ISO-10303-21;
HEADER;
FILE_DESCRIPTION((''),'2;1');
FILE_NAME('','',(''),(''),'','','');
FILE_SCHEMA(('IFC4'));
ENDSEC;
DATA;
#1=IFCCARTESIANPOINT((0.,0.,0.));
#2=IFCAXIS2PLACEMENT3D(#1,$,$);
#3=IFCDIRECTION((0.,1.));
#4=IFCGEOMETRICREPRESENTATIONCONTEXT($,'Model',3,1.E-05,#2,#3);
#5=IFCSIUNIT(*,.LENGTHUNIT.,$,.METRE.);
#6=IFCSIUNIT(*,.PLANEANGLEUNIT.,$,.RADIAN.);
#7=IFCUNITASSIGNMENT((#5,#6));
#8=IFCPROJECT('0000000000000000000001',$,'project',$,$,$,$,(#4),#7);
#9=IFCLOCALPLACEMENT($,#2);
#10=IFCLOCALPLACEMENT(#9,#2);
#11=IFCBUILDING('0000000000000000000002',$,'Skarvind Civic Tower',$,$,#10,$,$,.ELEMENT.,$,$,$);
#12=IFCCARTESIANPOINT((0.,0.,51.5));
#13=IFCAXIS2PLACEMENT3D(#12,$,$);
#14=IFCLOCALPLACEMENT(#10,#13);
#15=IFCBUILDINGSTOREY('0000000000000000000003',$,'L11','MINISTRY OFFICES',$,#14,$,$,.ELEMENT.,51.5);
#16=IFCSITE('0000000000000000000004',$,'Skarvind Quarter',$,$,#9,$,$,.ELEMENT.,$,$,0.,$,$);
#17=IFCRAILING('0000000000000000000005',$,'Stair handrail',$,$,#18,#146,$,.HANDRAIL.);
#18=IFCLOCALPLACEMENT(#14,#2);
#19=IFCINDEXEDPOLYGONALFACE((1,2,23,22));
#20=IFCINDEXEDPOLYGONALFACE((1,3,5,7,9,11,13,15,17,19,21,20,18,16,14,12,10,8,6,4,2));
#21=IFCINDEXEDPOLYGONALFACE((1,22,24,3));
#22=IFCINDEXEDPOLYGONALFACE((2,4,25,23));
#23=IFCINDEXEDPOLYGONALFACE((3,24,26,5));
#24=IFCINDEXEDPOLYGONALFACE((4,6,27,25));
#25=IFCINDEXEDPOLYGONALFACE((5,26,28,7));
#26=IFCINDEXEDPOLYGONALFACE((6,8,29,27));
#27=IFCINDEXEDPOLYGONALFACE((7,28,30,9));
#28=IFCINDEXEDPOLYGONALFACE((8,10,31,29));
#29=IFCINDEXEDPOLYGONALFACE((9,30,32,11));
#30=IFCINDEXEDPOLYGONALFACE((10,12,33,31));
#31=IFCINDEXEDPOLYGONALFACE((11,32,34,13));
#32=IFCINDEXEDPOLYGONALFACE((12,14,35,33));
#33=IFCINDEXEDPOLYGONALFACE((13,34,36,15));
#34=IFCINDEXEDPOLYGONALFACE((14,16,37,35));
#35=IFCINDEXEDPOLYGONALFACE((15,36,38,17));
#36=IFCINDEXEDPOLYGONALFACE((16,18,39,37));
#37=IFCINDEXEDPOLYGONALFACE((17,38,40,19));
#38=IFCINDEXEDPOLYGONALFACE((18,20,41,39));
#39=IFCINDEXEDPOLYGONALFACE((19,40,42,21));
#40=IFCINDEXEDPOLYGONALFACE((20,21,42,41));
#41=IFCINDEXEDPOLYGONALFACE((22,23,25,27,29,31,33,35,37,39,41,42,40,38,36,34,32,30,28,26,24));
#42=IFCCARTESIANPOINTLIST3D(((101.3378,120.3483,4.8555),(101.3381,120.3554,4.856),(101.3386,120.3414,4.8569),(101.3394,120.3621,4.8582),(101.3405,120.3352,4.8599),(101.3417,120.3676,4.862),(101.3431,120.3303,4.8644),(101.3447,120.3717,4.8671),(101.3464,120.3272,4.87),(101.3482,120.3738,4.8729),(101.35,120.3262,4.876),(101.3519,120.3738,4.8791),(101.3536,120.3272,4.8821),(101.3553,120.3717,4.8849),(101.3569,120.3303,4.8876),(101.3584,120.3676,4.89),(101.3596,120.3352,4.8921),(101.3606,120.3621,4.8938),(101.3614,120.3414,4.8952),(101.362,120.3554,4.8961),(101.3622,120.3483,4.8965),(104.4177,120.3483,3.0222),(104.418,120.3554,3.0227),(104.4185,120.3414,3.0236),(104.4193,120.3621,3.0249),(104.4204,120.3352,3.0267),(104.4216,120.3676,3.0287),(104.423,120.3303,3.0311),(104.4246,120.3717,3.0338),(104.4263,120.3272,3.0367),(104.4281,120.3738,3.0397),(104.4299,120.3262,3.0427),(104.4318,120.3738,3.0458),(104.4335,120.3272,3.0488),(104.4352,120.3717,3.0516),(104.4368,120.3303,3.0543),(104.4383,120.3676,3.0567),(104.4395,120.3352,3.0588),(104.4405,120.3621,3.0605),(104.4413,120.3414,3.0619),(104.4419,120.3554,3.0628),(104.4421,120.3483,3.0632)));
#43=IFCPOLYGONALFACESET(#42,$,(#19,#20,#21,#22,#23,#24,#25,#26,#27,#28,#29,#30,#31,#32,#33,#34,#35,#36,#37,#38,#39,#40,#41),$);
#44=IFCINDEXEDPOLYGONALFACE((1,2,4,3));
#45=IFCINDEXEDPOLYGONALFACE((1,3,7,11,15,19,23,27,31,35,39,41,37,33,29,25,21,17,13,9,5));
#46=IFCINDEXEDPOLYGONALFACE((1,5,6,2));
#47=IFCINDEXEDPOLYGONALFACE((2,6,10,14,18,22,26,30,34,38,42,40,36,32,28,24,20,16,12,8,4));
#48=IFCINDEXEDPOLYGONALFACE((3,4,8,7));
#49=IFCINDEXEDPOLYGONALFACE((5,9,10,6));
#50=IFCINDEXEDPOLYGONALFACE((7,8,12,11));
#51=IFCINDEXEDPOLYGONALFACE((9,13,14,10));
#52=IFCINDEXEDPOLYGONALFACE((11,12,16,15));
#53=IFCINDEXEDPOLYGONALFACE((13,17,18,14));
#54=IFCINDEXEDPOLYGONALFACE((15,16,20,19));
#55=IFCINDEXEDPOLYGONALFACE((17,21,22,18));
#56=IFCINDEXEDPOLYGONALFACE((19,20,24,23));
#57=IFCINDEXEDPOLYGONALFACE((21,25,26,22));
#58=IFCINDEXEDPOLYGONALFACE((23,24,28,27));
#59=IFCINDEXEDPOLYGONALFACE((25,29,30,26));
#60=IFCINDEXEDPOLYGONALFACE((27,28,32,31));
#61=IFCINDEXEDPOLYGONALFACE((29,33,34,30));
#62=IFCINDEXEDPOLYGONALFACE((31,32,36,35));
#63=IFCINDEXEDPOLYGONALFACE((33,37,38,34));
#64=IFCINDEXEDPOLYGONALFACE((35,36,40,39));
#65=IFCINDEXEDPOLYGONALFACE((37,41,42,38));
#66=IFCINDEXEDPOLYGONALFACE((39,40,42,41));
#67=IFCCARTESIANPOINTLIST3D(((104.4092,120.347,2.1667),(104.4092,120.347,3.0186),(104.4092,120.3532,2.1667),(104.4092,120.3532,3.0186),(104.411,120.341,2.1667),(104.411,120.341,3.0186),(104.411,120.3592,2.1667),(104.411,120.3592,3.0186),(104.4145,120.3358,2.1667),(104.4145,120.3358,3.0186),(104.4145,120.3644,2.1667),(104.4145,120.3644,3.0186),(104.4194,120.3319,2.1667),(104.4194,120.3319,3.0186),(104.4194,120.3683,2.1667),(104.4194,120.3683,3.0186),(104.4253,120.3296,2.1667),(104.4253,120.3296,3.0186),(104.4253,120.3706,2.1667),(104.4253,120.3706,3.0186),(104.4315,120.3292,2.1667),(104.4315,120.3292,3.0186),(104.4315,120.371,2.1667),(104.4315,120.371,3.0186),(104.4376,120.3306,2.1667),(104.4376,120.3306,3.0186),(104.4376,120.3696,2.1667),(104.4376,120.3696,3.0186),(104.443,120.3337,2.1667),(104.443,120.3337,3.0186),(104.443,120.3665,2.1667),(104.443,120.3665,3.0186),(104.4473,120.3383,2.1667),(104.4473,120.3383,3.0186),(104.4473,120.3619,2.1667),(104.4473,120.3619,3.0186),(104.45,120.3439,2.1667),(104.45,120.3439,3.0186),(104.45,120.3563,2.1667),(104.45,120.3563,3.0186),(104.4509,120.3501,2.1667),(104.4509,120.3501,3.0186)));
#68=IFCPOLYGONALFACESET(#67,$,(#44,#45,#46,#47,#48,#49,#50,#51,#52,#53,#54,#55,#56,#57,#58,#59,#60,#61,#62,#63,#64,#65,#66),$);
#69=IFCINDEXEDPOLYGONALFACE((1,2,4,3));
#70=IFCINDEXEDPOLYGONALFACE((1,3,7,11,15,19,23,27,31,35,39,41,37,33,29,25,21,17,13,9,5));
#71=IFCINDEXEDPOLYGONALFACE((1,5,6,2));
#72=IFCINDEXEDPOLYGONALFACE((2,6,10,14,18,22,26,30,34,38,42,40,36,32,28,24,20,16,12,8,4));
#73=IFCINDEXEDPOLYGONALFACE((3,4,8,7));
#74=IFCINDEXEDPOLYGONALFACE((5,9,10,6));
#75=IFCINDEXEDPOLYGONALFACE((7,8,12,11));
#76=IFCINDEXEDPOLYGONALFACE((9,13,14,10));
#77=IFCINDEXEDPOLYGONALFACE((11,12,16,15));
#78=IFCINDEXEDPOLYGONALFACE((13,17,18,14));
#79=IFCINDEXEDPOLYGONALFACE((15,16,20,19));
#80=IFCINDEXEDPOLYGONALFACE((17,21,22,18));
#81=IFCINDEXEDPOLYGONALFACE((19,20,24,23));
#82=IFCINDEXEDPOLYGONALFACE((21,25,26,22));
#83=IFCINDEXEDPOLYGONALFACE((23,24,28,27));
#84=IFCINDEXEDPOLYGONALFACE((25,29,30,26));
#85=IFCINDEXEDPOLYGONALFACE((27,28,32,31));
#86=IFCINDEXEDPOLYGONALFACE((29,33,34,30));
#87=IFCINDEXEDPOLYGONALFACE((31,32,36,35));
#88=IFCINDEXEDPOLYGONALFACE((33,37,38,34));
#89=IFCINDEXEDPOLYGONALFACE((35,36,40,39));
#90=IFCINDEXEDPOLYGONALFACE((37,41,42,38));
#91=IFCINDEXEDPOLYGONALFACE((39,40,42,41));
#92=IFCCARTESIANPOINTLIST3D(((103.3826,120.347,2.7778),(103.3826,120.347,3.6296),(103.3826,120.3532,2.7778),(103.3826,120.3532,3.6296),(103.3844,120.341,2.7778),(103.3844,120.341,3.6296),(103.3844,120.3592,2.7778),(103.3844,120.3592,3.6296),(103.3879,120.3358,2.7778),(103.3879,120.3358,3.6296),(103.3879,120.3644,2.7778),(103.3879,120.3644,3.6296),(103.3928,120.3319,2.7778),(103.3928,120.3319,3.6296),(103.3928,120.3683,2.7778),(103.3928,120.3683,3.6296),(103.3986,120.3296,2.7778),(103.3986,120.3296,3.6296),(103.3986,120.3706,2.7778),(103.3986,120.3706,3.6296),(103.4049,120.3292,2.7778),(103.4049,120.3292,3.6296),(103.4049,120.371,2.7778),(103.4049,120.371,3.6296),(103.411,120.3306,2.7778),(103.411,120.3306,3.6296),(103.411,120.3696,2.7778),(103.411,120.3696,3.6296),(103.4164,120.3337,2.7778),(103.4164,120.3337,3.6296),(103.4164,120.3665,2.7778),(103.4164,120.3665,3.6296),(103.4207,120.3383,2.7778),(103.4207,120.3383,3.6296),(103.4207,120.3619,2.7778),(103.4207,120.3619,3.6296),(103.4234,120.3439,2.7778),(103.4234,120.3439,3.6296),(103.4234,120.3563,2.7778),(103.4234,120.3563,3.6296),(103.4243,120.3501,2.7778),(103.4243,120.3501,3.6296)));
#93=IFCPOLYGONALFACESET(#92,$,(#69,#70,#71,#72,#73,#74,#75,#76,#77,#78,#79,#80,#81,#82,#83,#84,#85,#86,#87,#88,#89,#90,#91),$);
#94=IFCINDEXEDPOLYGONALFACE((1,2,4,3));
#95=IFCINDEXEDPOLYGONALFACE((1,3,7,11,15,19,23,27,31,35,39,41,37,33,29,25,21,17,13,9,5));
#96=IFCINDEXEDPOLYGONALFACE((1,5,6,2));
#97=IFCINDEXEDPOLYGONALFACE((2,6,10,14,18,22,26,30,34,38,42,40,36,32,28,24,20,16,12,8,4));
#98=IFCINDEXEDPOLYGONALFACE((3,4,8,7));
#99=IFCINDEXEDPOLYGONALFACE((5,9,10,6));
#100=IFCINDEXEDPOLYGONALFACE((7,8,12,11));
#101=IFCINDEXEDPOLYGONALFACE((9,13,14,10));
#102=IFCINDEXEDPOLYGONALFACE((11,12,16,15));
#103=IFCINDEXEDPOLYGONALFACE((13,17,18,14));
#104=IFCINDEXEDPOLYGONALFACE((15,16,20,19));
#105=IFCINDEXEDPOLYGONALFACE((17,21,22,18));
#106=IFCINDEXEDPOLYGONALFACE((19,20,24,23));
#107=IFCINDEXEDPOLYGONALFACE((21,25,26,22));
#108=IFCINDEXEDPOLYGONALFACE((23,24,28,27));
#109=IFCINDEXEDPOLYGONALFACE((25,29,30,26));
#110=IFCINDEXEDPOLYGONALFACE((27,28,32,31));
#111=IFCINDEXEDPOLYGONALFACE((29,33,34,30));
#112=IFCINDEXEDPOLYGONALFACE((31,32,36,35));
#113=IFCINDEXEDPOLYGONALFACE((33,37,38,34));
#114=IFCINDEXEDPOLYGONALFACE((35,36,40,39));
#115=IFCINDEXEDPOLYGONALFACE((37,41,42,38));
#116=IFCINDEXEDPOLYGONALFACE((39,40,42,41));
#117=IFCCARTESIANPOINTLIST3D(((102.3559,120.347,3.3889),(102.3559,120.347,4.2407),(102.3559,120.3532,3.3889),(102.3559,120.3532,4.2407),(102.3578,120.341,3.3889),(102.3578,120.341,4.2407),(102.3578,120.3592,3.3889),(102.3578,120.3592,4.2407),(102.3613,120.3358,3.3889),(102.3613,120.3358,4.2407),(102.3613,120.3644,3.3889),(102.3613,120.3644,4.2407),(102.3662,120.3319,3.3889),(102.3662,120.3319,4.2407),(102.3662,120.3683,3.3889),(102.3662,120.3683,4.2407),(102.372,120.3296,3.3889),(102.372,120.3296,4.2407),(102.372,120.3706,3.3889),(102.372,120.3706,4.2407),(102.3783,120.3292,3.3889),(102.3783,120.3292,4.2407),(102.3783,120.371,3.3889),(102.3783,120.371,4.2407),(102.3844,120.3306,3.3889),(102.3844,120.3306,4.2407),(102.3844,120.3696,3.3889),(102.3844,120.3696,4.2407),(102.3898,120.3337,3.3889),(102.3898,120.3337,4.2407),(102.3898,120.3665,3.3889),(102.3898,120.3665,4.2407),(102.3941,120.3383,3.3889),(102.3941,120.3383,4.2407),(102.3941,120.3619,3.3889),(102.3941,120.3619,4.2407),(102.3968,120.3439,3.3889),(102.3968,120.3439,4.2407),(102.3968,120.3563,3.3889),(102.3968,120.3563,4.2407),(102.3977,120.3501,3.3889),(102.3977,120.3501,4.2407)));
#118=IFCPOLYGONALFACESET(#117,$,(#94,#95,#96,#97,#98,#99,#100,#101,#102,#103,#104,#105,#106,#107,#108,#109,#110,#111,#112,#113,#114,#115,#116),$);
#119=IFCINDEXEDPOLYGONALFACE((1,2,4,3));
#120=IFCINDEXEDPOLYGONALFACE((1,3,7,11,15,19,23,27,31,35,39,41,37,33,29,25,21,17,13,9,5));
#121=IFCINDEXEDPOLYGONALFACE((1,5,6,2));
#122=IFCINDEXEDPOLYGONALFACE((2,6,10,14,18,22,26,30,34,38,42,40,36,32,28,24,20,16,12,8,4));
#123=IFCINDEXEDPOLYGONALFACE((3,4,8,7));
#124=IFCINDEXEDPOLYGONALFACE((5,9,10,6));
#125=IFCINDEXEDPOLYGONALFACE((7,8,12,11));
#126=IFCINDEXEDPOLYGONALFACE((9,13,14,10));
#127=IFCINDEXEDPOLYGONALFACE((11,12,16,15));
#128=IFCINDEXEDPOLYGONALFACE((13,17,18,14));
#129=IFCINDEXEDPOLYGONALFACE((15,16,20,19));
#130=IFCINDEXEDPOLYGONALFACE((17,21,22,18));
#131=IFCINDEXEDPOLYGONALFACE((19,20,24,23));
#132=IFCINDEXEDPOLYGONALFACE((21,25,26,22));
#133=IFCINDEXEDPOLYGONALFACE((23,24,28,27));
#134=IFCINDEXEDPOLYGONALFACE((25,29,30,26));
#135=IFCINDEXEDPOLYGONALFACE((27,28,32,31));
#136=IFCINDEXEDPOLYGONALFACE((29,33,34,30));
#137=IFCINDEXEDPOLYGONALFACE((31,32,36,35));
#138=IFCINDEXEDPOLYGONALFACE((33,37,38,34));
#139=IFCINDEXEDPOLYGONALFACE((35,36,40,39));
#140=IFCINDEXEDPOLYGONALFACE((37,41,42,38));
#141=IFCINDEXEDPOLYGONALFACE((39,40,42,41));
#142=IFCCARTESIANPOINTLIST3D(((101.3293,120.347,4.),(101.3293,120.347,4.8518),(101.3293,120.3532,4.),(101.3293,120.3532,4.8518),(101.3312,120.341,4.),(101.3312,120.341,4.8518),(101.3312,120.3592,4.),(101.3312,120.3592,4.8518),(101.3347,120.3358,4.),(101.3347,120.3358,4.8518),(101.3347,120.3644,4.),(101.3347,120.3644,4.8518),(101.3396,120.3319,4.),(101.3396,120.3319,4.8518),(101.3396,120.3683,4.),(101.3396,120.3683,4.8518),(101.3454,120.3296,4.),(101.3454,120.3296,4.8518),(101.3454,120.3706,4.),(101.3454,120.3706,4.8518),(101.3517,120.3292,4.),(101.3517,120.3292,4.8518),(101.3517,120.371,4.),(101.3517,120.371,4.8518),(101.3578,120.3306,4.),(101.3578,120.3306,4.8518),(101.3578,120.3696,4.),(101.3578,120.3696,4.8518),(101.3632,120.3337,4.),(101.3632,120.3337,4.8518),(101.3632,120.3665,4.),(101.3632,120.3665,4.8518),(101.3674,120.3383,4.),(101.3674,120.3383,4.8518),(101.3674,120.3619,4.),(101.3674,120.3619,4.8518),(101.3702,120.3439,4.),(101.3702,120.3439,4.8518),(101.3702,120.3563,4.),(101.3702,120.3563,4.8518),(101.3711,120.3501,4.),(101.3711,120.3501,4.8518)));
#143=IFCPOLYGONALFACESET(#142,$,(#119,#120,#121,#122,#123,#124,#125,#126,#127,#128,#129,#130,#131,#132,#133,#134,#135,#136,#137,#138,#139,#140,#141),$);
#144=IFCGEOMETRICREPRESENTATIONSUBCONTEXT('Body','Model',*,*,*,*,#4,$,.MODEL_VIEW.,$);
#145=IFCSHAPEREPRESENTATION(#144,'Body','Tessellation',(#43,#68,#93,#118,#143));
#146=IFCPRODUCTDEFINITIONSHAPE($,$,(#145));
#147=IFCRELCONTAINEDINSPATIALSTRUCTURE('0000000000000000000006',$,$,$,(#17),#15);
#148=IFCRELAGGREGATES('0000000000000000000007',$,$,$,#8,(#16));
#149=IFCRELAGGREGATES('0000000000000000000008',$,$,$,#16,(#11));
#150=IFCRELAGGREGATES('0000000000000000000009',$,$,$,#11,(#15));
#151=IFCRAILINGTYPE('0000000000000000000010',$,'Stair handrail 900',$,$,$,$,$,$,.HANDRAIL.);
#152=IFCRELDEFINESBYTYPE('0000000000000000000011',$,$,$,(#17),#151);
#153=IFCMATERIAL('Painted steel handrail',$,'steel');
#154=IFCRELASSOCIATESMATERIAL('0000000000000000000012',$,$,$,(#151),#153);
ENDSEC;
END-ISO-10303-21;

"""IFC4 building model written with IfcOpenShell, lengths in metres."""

from ifc_helpers import new_model, si_unit, direction, frame, origin, origin_2d, place, context, subcontext, project, spatial, circle, extrude, material, type_object, element, save


model = new_model("IFC4")

# Units and contexts
model_context = context("Model", 3, precision=1e-05, world=origin(), true_north=direction((0.0, 1.0)))
body_context = subcontext(model_context, "Body", "Model", "MODEL_VIEW")
ifc_project = project(units=[si_unit("LENGTHUNIT", "METRE"), si_unit("PLANEANGLEUNIT", "RADIAN")], contexts=[model_context])

# Site, building, storey
site_placement = place(None, origin())
site = spatial("IfcSite", under=ifc_project, at=site_placement, Name="Skarvind Quarter", CompositionType="ELEMENT", RefElevation=0.0)
building_placement = place(site_placement, origin())
building = spatial("IfcBuilding", under=site, at=building_placement, Name="Skarvind Civic Tower", CompositionType="ELEMENT")
storey_placement = place(building_placement, frame((0.0, 0.0, 51.5)))
storey = spatial("IfcBuildingStorey", under=building, at=storey_placement, Name="L11", Description="MINISTRY OFFICES", CompositionType="ELEMENT", Elevation=51.5)

# Railing
ifc_material_1 = material(Name="Painted steel handrail", Category="steel")
railing_type = type_object("IfcRailingType", Name="Stair handrail 900", PredefinedType="HANDRAIL", material=ifc_material_1)
railing_1_placement = place(storey_placement, frame((104.4299, 120.3501, 2.1667)))
element("IfcRailing", 1, at=railing_1_placement, inside=storey, type_object=railing_type, Name="Stair handrail", PredefinedType="HANDRAIL", context=body_context, shape_type="SweptSolid", body=[
    extrude(circle(Radius=0.0239, at=origin_2d()), frame((0.0, 0.0, 0.876), z_axis=(-0.859291, 0.0, 0.511487), x_axis=(0.0, -1.0, 0.0)), (0.0, 0.0, 1.0), 3.5842),
    extrude(circle(Radius=0.021, at=origin_2d()), origin(), (0.0, 0.0, 1.0), 0.8518),
    extrude(circle(Radius=0.021, at=origin_2d()), frame((-1.0266, 0.0, 0.6111)), (0.0, 0.0, 1.0), 0.8518),
    extrude(circle(Radius=0.021, at=origin_2d()), frame((-2.0532, 0.0, 1.2222)), (0.0, 0.0, 1.0), 0.8518),
    extrude(circle(Radius=0.021, at=origin_2d()), frame((-3.0798, 0.0, 1.8333)), (0.0, 0.0, 1.0), 0.8518),
])

save(model, "model.ifc")
